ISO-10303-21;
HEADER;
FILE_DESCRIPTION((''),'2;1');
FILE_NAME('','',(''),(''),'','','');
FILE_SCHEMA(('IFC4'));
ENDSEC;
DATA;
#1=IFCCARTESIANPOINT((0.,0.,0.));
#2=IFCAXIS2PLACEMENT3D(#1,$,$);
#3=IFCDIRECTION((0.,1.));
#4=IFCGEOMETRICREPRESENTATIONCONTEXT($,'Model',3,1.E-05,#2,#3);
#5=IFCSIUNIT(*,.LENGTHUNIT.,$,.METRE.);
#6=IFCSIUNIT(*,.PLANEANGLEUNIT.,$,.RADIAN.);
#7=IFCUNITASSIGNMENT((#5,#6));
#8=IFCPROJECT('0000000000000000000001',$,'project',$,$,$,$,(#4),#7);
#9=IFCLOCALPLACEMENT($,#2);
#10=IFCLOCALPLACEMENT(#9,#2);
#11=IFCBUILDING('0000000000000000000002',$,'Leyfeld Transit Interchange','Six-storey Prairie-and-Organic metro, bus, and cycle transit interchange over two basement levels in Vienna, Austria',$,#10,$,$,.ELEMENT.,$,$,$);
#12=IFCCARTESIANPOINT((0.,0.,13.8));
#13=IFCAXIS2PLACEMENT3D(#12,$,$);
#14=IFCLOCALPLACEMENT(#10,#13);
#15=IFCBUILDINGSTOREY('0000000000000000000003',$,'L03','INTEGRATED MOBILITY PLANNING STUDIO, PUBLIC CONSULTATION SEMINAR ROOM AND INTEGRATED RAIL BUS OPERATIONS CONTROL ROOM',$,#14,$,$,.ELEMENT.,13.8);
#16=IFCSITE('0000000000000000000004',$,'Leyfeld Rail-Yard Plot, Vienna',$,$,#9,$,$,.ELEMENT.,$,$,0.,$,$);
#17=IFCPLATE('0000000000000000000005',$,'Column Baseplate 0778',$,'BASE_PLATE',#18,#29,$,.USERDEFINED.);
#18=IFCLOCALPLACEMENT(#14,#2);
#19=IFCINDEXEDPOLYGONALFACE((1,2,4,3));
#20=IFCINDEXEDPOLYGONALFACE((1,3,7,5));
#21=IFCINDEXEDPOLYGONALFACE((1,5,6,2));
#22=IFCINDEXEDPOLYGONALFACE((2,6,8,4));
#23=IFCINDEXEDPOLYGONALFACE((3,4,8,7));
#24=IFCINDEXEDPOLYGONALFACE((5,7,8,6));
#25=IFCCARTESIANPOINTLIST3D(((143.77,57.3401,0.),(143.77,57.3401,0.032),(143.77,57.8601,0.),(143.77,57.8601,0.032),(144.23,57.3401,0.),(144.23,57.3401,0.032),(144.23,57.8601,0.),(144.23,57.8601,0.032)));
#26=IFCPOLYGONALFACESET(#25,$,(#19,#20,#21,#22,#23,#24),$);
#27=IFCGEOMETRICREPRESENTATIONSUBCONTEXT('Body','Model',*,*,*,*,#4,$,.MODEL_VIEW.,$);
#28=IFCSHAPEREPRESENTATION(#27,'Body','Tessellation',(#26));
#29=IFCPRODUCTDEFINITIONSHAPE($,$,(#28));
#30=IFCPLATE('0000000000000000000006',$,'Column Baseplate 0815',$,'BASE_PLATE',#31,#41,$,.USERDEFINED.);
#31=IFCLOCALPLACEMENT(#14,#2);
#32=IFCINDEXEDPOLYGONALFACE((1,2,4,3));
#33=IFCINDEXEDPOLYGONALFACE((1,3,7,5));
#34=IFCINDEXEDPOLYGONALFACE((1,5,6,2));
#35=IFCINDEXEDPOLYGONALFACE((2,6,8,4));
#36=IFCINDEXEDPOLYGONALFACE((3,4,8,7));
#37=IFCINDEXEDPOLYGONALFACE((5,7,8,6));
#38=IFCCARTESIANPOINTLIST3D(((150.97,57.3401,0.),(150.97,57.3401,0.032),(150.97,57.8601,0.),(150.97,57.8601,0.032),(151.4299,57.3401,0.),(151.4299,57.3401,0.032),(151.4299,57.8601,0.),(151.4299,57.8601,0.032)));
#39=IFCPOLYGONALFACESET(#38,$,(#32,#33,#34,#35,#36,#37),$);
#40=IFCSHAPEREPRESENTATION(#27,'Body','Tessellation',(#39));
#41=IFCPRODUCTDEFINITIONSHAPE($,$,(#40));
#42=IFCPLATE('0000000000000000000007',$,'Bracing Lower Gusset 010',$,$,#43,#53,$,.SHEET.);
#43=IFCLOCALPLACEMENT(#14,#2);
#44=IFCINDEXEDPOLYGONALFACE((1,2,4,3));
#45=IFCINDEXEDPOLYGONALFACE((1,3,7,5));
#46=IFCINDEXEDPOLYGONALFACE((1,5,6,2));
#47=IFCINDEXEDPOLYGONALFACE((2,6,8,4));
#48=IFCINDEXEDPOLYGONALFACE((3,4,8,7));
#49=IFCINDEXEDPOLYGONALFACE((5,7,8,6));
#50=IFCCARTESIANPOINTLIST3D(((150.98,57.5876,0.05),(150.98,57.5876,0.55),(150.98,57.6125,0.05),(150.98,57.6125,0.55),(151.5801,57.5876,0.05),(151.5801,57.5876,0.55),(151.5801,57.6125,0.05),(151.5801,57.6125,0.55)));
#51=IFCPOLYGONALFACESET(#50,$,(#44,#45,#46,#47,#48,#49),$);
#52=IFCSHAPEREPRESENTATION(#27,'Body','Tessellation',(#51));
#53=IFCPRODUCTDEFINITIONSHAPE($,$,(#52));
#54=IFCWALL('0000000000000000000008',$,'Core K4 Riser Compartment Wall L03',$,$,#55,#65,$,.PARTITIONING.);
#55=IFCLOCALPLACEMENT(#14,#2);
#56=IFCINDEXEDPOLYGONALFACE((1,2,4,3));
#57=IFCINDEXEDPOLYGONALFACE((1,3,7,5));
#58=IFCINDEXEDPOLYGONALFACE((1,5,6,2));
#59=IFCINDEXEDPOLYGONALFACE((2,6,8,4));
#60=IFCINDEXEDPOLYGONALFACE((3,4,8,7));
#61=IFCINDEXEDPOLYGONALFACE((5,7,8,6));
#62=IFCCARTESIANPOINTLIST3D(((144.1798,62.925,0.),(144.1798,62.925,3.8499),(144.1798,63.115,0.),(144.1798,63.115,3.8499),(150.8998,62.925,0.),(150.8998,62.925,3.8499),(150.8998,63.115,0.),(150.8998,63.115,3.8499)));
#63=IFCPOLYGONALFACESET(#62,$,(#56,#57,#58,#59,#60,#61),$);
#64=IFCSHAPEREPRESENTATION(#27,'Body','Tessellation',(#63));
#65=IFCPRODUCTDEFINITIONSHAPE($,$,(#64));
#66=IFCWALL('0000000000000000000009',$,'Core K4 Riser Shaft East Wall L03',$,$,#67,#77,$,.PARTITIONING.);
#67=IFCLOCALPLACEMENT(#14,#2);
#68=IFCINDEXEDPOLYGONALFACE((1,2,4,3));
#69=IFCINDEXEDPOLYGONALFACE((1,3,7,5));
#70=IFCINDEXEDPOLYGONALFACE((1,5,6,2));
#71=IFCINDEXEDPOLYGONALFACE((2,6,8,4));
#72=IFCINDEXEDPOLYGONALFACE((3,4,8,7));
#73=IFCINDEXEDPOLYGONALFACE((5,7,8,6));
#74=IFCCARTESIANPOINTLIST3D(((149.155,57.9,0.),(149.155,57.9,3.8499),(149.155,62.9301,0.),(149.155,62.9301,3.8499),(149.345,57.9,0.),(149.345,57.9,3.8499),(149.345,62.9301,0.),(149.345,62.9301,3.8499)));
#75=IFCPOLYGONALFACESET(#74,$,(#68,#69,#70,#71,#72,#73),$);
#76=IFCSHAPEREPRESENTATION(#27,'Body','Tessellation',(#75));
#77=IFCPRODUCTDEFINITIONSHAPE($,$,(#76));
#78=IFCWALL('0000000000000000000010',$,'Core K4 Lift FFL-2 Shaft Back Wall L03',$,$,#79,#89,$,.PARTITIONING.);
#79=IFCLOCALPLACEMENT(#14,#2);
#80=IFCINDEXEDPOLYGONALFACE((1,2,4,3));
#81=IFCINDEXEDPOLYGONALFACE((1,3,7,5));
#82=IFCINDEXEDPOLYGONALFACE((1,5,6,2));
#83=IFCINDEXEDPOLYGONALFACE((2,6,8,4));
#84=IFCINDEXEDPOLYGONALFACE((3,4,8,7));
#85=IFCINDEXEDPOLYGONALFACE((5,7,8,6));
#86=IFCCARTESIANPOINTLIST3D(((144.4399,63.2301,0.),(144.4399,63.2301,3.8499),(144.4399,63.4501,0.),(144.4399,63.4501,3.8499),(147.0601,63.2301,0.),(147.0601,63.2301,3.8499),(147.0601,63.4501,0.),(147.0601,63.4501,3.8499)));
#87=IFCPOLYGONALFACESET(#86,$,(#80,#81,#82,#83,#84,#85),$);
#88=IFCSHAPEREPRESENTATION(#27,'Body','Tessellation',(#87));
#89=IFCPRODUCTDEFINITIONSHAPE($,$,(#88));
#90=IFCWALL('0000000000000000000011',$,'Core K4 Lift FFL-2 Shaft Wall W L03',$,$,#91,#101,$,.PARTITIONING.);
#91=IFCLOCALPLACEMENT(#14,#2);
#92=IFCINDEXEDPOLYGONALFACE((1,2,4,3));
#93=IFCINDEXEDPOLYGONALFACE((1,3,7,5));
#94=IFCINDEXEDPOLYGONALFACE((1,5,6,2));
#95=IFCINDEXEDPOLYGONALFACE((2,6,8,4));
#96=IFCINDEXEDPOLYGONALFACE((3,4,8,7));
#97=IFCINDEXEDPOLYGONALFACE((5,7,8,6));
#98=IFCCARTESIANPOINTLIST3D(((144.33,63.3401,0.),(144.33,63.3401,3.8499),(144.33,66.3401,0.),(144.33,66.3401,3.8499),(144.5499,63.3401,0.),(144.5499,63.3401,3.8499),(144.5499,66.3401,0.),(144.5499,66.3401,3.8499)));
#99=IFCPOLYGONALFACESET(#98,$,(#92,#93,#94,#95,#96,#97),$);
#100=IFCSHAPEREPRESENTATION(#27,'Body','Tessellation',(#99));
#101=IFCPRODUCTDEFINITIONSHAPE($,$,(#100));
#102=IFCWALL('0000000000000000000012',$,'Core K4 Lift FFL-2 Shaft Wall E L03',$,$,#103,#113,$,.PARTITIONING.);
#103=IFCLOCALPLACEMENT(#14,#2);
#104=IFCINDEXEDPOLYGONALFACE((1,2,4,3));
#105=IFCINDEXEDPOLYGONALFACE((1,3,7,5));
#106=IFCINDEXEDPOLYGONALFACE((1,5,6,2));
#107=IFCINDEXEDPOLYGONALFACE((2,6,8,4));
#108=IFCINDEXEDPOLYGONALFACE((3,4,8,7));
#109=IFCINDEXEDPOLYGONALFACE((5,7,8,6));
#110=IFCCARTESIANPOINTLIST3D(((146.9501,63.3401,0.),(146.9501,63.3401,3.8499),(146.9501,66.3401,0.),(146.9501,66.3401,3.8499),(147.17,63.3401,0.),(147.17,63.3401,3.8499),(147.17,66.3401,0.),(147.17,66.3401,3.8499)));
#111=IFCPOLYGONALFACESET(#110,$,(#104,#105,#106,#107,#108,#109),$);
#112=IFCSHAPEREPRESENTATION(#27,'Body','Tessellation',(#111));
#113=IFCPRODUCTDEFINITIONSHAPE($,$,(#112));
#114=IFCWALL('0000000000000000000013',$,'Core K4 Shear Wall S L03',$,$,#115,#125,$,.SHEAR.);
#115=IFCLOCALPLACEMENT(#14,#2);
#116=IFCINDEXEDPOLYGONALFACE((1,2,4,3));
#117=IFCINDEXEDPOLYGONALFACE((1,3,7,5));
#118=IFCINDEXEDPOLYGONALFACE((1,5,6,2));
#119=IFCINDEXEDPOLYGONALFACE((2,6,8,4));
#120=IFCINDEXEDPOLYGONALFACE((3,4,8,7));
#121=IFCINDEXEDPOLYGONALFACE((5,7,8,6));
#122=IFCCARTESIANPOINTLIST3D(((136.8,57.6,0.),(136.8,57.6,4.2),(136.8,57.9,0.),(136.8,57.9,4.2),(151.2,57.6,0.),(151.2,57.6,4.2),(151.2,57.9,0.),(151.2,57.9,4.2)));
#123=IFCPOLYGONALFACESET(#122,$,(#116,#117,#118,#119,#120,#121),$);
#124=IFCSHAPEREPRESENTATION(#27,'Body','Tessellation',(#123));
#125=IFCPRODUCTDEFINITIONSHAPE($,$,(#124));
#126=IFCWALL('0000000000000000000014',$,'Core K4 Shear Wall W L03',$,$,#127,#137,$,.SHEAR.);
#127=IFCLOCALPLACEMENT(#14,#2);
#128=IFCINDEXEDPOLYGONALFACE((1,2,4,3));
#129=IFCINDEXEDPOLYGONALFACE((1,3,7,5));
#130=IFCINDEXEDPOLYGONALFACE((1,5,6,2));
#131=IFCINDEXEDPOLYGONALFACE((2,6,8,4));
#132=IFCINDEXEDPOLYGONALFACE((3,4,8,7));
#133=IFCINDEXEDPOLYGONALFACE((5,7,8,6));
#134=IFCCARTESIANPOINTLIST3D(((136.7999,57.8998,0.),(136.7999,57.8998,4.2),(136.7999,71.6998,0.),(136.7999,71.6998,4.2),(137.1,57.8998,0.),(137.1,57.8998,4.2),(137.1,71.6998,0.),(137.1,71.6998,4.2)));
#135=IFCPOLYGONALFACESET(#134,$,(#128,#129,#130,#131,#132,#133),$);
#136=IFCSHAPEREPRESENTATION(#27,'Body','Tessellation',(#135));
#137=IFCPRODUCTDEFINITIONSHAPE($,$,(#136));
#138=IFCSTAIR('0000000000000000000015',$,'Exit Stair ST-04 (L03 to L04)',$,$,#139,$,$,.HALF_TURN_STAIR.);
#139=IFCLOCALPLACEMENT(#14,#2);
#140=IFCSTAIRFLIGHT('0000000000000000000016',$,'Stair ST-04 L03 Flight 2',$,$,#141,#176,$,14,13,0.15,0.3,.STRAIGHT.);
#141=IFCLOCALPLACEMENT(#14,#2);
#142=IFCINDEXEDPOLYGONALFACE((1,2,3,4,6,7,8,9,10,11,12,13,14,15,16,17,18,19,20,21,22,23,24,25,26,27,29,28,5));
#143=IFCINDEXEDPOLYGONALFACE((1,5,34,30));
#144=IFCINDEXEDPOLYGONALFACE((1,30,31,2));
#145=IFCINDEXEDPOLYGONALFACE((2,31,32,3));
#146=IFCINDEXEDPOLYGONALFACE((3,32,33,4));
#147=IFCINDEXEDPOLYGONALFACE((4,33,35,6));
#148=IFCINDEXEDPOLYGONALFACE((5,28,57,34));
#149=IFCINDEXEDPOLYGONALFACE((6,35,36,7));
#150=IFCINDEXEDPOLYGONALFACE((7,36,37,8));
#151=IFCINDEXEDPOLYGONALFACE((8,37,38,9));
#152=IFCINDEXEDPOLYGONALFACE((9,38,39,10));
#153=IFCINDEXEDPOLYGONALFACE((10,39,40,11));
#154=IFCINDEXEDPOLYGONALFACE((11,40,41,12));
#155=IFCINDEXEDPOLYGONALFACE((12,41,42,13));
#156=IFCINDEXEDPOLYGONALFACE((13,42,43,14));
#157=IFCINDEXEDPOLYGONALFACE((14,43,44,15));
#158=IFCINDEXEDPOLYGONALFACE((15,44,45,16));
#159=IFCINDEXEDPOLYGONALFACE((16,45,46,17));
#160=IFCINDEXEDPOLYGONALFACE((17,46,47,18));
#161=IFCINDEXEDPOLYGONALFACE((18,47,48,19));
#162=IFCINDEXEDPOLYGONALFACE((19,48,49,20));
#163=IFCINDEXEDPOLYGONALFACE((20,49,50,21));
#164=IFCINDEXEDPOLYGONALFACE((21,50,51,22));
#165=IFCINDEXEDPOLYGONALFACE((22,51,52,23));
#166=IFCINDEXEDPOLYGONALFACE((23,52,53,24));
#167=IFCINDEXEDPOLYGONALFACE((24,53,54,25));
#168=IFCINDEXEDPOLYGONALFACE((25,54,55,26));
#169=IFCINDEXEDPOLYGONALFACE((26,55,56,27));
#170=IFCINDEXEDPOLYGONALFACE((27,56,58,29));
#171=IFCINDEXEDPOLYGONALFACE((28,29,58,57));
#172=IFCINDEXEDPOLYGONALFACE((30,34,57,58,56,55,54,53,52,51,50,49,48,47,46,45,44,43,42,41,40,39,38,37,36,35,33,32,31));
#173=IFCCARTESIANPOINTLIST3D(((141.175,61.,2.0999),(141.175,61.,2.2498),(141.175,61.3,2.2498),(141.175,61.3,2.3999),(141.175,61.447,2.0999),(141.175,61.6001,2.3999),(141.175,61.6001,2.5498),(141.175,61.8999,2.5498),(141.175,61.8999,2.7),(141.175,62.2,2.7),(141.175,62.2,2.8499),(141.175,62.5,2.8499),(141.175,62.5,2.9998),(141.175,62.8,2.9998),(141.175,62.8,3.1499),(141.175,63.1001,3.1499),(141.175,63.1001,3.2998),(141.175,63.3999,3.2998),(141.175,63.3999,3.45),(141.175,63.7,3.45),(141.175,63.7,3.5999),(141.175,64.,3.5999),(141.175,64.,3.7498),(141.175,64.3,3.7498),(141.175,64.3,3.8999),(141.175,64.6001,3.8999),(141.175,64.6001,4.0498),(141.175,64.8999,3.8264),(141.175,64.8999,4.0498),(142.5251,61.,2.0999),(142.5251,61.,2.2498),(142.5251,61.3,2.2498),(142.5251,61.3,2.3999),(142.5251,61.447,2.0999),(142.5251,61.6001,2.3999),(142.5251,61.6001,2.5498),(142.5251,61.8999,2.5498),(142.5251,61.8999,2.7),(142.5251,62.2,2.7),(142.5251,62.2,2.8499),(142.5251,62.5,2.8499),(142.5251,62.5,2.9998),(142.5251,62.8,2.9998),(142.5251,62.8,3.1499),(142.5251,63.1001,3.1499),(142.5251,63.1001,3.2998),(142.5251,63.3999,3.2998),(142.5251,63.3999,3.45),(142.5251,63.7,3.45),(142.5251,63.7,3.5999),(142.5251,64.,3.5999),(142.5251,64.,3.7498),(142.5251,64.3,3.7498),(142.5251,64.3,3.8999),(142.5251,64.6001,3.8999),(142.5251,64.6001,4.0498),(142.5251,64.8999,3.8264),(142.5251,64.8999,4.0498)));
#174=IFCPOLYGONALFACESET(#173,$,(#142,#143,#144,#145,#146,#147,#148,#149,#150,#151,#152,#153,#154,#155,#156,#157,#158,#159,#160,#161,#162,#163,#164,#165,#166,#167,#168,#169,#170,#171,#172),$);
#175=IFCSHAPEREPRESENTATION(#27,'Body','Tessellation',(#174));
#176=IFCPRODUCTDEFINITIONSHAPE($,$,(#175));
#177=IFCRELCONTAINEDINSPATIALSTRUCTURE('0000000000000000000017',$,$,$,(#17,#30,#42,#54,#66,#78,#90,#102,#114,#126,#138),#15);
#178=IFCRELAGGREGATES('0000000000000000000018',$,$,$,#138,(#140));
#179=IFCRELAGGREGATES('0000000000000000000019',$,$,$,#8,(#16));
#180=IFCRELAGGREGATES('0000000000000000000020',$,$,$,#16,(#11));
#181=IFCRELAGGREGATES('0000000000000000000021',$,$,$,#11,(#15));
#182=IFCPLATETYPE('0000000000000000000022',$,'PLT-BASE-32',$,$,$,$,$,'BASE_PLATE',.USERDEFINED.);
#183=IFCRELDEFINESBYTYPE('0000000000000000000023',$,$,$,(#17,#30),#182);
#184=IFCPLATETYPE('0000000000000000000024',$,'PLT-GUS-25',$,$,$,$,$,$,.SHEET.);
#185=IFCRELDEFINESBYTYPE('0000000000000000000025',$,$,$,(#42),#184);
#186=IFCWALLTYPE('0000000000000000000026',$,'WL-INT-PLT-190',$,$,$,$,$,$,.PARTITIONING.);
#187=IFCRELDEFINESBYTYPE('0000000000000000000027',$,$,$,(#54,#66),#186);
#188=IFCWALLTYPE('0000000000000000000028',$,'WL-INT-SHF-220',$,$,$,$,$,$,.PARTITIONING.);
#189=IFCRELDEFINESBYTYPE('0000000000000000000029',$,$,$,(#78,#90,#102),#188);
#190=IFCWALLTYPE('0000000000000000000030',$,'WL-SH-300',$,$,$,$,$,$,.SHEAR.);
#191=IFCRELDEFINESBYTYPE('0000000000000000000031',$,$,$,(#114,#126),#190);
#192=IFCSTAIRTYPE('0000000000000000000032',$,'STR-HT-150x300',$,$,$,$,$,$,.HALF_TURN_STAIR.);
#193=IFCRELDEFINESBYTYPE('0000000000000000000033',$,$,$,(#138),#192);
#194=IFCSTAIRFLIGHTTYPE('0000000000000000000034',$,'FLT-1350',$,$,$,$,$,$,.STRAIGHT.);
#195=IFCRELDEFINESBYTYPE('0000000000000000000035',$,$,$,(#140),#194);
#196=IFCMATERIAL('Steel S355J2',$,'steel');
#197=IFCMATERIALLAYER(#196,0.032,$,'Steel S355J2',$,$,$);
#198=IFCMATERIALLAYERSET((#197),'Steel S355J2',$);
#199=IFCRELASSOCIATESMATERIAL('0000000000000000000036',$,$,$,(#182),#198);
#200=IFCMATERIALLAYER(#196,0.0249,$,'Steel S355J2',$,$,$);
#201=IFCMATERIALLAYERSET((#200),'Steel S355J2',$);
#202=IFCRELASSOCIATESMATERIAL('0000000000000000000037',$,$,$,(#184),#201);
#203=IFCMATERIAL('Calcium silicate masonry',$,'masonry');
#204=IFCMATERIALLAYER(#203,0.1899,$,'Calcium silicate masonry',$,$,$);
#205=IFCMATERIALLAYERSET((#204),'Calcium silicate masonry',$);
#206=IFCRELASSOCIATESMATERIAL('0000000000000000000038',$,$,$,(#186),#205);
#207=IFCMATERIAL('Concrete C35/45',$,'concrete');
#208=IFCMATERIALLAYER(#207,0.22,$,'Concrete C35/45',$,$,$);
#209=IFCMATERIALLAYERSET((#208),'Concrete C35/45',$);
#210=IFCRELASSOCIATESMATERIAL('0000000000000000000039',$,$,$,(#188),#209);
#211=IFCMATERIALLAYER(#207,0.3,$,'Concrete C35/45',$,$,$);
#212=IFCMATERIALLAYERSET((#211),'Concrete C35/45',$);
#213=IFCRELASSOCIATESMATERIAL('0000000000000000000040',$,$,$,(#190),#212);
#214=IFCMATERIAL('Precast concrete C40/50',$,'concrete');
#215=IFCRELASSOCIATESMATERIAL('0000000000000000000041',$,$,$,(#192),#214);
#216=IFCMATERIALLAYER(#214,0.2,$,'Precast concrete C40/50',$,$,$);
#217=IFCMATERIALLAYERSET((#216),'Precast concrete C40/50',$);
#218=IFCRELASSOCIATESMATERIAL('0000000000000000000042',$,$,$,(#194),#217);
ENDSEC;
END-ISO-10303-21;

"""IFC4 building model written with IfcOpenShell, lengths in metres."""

from ifc_helpers import new_model, si_unit, direction, frame, frame_2d, origin, origin_2d, place, context, subcontext, project, spatial, polyline, rectangle, outline, extrude, material, layer, layer_set, type_object, element, aggregate, save


model = new_model("IFC4")

# Units and contexts
model_context = context("Model", 3, precision=1e-05, world=origin(), true_north=direction((0.0, 1.0)))
body_context = subcontext(model_context, "Body", "Model", "MODEL_VIEW")
ifc_project = project(units=[si_unit("LENGTHUNIT", "METRE"), si_unit("PLANEANGLEUNIT", "RADIAN")], contexts=[model_context])

# Site, building, storey
site_placement = place(None, origin())
site = spatial("IfcSite", under=ifc_project, at=site_placement, Name="Leyfeld Rail-Yard Plot, Vienna", CompositionType="ELEMENT", RefElevation=0.0)
building_placement = place(site_placement, origin())
building = spatial("IfcBuilding", under=site, at=building_placement, Name="Leyfeld Transit Interchange", Description="Six-storey Prairie-and-Organic metro, bus, and cycle transit interchange over two basement levels in Vienna, Austria", CompositionType="ELEMENT")
storey_placement = place(building_placement, frame((0.0, 0.0, 13.8)))
storey = spatial("IfcBuildingStorey", under=building, at=storey_placement, Name="L03", Description="INTEGRATED MOBILITY PLANNING STUDIO, PUBLIC CONSULTATION SEMINAR ROOM AND INTEGRATED RAIL BUS OPERATIONS CONTROL ROOM", CompositionType="ELEMENT", Elevation=13.8)

# Shared definitions
ifc_material_1 = material(Name="Steel S355J2", Category="steel")

# Shared definitions
ifc_material_2 = material(Name="Concrete C35/45", Category="concrete")

# Plates
ifc_layer_1 = layer(ifc_material_1, 0.032, Name="Steel S355J2")
ifc_layer_set_1 = layer_set([ifc_layer_1], Name="Steel S355J2")
plate_type_1 = type_object("IfcPlateType", Name="PLT-BASE-32", ElementType="BASE_PLATE", PredefinedType="USERDEFINED", material=ifc_layer_set_1)
for number, where, z_axis, x_axis, name in (
    (1, (144.0, 57.6001, 0.0), (0.0, 0.0, 1.0), (1.0, 0.0, 0.0), "Column Baseplate 0778"),
    (2, (151.2, 57.6001, 0.0), (0.0, 0.0, 1.0), (1.0, 0.0, 0.0), "Column Baseplate 0815"),
):
    element("IfcPlate", number, at=place(storey_placement, frame(where, z_axis=z_axis, x_axis=x_axis)), inside=storey, type_object=plate_type_1, Name=name, ObjectType="BASE_PLATE", PredefinedType="USERDEFINED", context=body_context, shape_type="SweptSolid", body=[
        extrude(rectangle(XDim=0.46, YDim=0.52, at=origin_2d()), origin(), (0.0, 0.0, 1.0), 0.032),
    ])
ifc_layer_2 = layer(ifc_material_1, 0.0249, Name="Steel S355J2")
ifc_layer_set_2 = layer_set([ifc_layer_2], Name="Steel S355J2")
plate_type_2 = type_object("IfcPlateType", Name="PLT-GUS-25", PredefinedType="SHEET", material=ifc_layer_set_2)
plate_placement = place(storey_placement, frame((151.28, 57.6001, 0.05), z_axis=(0.0, 0.0, 1.0), x_axis=(1.0, 0.0, 0.0)))
element("IfcPlate", 3, at=plate_placement, inside=storey, type_object=plate_type_2, Name="Bracing Lower Gusset 010", PredefinedType="SHEET", context=body_context, shape_type="SweptSolid", body=[
    extrude(rectangle(XDim=0.6001, YDim=0.0249, at=origin_2d()), origin(), (0.0, 0.0, 1.0), 0.5),
])

# Walls
ifc_material_3 = material(Name="Calcium silicate masonry", Category="masonry")
ifc_layer_3 = layer(ifc_material_3, 0.1899, Name="Calcium silicate masonry")
ifc_layer_set_3 = layer_set([ifc_layer_3], Name="Calcium silicate masonry")
wall_type_1 = type_object("IfcWallType", Name="WL-INT-PLT-190", PredefinedType="PARTITIONING", material=ifc_layer_set_3)
wall_1_placement = place(storey_placement, frame((144.1799, 63.02, 0.0), z_axis=(0.0, 0.0, 1.0), x_axis=(1.0, 0.0, 0.0)))
element("IfcWall", 4, at=wall_1_placement, inside=storey, type_object=wall_type_1, Name="Core K4 Riser Compartment Wall L03", PredefinedType="PARTITIONING", context=body_context, shape_type="SweptSolid", body=[
    extrude(rectangle(XDim=6.72, YDim=0.1899, at=frame_2d((3.3599, 0.0))), origin(), (0.0, 0.0, 1.0), 3.8499),
])
wall_2_placement = place(storey_placement, frame((149.25, 57.8999, 0.0), z_axis=(0.0, 0.0, 1.0), x_axis=(0.0, 1.0, 0.0)))
element("IfcWall", 5, at=wall_2_placement, inside=storey, type_object=wall_type_1, Name="Core K4 Riser Shaft East Wall L03", PredefinedType="PARTITIONING", context=body_context, shape_type="SweptSolid", body=[
    extrude(rectangle(XDim=5.03, YDim=0.1899, at=frame_2d((2.5151, 0.0))), origin(), (0.0, 0.0, 1.0), 3.8499),
])
ifc_layer_4 = layer(ifc_material_2, 0.22, Name="Concrete C35/45")
ifc_layer_set_4 = layer_set([ifc_layer_4], Name="Concrete C35/45")
wall_type_2 = type_object("IfcWallType", Name="WL-INT-SHF-220", PredefinedType="PARTITIONING", material=ifc_layer_set_4)
wall_3_placement = place(storey_placement, frame((144.4399, 63.3401, 0.0), z_axis=(0.0, 0.0, 1.0), x_axis=(1.0, 0.0, 0.0)))
element("IfcWall", 6, at=wall_3_placement, inside=storey, type_object=wall_type_2, Name="Core K4 Lift FFL-2 Shaft Back Wall L03", PredefinedType="PARTITIONING", context=body_context, shape_type="SweptSolid", body=[
    extrude(rectangle(XDim=2.6201, YDim=0.22, at=frame_2d((1.3101, 0.0))), origin(), (0.0, 0.0, 1.0), 3.8499),
])
for number, where, z_axis, x_axis, name in (
    (7, (144.4399, 63.3401, 0.0), (0.0, 0.0, 1.0), (0.0, 1.0, 0.0), "Core K4 Lift FFL-2 Shaft Wall W L03"),
    (8, (147.0601, 63.3401, 0.0), (0.0, 0.0, 1.0), (0.0, 1.0, 0.0), "Core K4 Lift FFL-2 Shaft Wall E L03"),
):
    element("IfcWall", number, at=place(storey_placement, frame(where, z_axis=z_axis, x_axis=x_axis)), inside=storey, type_object=wall_type_2, Name=name, PredefinedType="PARTITIONING", context=body_context, shape_type="SweptSolid", body=[
        extrude(rectangle(XDim=3.0, YDim=0.22, at=frame_2d((1.5, 0.0))), origin(), (0.0, 0.0, 1.0), 3.8499),
    ])
ifc_layer_5 = layer(ifc_material_2, 0.3, Name="Concrete C35/45")
ifc_layer_set_5 = layer_set([ifc_layer_5], Name="Concrete C35/45")
wall_type_3 = type_object("IfcWallType", Name="WL-SH-300", PredefinedType="SHEAR", material=ifc_layer_set_5)
wall_4_placement = place(storey_placement, frame((151.2, 57.75, 0.0), z_axis=(0.0, 0.0, 1.0), x_axis=(-1.0, 0.0, 0.0)))
element("IfcWall", 9, at=wall_4_placement, inside=storey, type_object=wall_type_3, Name="Core K4 Shear Wall S L03", PredefinedType="SHEAR", context=body_context, shape_type="SweptSolid", body=[
    extrude(rectangle(XDim=14.3999, YDim=0.3, at=frame_2d((7.2, 0.0))), origin(), (0.0, 0.0, 1.0), 4.2),
])
wall_5_placement = place(storey_placement, frame((136.95, 57.8999, 0.0), z_axis=(0.0, 0.0, 1.0), x_axis=(0.0, 1.0, 0.0)))
element("IfcWall", 10, at=wall_5_placement, inside=storey, type_object=wall_type_3, Name="Core K4 Shear Wall W L03", PredefinedType="SHEAR", context=body_context, shape_type="SweptSolid", body=[
    extrude(rectangle(XDim=13.8, YDim=0.3, at=frame_2d((6.8999, 0.0))), origin(), (0.0, 0.0, 1.0), 4.2),
])

# Stair, stair flight
ifc_material_4 = material(Name="Precast concrete C40/50", Category="concrete")
stair_type = type_object("IfcStairType", Name="STR-HT-150x300", PredefinedType="HALF_TURN_STAIR", material=ifc_material_4)
stair_placement = place(storey_placement, origin())
stair = element("IfcStair", 11, at=stair_placement, inside=storey, type_object=stair_type, Name="Exit Stair ST-04 (L03 to L04)", PredefinedType="HALF_TURN_STAIR")
ifc_layer_6 = layer(ifc_material_4, 0.2, Name="Precast concrete C40/50")
ifc_layer_set_6 = layer_set([ifc_layer_6], Name="Precast concrete C40/50")
stair_flight_type = type_object("IfcStairFlightType", Name="FLT-1350", PredefinedType="STRAIGHT", material=ifc_layer_set_6)
stair_flight_placement = place(storey_placement, frame((141.8501, 61.0, 2.0999), z_axis=(0.0, 0.0, 1.0), x_axis=(0.0, 1.0, 0.0)))
stair_flight = element("IfcStairFlight", 12, at=stair_flight_placement, type_object=stair_flight_type, Name="Stair ST-04 L03 Flight 2", NumberOfRisers=14, NumberOfTreads=13, PredefinedType="STRAIGHT", RiserHeight=0.15, TreadLength=0.3, context=body_context, shape_type="SweptSolid", body=[
    extrude(outline(polyline([(0.0, 0.0), (0.0, 0.1499), (0.3, 0.1499), (0.3, 0.3), (0.6001, 0.3), (0.6001, 0.45), (0.8999, 0.45), (0.8999, 0.6001), (1.2, 0.6001), (1.2, 0.75), (1.5, 0.75), (1.5, 0.8999), (1.8, 0.8999), (1.8, 1.05), (2.1001, 1.05), (2.1001, 1.2), (2.3999, 1.2), (2.3999, 1.3501), (2.7, 1.3501), (2.7, 1.5), (3.0, 1.5), (3.0, 1.6499), (3.3, 1.6499), (3.3, 1.8), (3.6001, 1.8), (3.6001, 1.95), (3.8999, 1.95), (3.8999, 2.1001), (3.8999, 1.7266), (0.447, 0.0), (0.0, 0.0)])), frame((0.0, 0.675, 0.0), z_axis=(0.0, -1.0, 0.0), x_axis=(1.0, 0.0, 0.0)), (0.0, 0.0, 1.0), 1.3501),
])
aggregate(stair, [stair_flight])

save(model, "model.ifc")
